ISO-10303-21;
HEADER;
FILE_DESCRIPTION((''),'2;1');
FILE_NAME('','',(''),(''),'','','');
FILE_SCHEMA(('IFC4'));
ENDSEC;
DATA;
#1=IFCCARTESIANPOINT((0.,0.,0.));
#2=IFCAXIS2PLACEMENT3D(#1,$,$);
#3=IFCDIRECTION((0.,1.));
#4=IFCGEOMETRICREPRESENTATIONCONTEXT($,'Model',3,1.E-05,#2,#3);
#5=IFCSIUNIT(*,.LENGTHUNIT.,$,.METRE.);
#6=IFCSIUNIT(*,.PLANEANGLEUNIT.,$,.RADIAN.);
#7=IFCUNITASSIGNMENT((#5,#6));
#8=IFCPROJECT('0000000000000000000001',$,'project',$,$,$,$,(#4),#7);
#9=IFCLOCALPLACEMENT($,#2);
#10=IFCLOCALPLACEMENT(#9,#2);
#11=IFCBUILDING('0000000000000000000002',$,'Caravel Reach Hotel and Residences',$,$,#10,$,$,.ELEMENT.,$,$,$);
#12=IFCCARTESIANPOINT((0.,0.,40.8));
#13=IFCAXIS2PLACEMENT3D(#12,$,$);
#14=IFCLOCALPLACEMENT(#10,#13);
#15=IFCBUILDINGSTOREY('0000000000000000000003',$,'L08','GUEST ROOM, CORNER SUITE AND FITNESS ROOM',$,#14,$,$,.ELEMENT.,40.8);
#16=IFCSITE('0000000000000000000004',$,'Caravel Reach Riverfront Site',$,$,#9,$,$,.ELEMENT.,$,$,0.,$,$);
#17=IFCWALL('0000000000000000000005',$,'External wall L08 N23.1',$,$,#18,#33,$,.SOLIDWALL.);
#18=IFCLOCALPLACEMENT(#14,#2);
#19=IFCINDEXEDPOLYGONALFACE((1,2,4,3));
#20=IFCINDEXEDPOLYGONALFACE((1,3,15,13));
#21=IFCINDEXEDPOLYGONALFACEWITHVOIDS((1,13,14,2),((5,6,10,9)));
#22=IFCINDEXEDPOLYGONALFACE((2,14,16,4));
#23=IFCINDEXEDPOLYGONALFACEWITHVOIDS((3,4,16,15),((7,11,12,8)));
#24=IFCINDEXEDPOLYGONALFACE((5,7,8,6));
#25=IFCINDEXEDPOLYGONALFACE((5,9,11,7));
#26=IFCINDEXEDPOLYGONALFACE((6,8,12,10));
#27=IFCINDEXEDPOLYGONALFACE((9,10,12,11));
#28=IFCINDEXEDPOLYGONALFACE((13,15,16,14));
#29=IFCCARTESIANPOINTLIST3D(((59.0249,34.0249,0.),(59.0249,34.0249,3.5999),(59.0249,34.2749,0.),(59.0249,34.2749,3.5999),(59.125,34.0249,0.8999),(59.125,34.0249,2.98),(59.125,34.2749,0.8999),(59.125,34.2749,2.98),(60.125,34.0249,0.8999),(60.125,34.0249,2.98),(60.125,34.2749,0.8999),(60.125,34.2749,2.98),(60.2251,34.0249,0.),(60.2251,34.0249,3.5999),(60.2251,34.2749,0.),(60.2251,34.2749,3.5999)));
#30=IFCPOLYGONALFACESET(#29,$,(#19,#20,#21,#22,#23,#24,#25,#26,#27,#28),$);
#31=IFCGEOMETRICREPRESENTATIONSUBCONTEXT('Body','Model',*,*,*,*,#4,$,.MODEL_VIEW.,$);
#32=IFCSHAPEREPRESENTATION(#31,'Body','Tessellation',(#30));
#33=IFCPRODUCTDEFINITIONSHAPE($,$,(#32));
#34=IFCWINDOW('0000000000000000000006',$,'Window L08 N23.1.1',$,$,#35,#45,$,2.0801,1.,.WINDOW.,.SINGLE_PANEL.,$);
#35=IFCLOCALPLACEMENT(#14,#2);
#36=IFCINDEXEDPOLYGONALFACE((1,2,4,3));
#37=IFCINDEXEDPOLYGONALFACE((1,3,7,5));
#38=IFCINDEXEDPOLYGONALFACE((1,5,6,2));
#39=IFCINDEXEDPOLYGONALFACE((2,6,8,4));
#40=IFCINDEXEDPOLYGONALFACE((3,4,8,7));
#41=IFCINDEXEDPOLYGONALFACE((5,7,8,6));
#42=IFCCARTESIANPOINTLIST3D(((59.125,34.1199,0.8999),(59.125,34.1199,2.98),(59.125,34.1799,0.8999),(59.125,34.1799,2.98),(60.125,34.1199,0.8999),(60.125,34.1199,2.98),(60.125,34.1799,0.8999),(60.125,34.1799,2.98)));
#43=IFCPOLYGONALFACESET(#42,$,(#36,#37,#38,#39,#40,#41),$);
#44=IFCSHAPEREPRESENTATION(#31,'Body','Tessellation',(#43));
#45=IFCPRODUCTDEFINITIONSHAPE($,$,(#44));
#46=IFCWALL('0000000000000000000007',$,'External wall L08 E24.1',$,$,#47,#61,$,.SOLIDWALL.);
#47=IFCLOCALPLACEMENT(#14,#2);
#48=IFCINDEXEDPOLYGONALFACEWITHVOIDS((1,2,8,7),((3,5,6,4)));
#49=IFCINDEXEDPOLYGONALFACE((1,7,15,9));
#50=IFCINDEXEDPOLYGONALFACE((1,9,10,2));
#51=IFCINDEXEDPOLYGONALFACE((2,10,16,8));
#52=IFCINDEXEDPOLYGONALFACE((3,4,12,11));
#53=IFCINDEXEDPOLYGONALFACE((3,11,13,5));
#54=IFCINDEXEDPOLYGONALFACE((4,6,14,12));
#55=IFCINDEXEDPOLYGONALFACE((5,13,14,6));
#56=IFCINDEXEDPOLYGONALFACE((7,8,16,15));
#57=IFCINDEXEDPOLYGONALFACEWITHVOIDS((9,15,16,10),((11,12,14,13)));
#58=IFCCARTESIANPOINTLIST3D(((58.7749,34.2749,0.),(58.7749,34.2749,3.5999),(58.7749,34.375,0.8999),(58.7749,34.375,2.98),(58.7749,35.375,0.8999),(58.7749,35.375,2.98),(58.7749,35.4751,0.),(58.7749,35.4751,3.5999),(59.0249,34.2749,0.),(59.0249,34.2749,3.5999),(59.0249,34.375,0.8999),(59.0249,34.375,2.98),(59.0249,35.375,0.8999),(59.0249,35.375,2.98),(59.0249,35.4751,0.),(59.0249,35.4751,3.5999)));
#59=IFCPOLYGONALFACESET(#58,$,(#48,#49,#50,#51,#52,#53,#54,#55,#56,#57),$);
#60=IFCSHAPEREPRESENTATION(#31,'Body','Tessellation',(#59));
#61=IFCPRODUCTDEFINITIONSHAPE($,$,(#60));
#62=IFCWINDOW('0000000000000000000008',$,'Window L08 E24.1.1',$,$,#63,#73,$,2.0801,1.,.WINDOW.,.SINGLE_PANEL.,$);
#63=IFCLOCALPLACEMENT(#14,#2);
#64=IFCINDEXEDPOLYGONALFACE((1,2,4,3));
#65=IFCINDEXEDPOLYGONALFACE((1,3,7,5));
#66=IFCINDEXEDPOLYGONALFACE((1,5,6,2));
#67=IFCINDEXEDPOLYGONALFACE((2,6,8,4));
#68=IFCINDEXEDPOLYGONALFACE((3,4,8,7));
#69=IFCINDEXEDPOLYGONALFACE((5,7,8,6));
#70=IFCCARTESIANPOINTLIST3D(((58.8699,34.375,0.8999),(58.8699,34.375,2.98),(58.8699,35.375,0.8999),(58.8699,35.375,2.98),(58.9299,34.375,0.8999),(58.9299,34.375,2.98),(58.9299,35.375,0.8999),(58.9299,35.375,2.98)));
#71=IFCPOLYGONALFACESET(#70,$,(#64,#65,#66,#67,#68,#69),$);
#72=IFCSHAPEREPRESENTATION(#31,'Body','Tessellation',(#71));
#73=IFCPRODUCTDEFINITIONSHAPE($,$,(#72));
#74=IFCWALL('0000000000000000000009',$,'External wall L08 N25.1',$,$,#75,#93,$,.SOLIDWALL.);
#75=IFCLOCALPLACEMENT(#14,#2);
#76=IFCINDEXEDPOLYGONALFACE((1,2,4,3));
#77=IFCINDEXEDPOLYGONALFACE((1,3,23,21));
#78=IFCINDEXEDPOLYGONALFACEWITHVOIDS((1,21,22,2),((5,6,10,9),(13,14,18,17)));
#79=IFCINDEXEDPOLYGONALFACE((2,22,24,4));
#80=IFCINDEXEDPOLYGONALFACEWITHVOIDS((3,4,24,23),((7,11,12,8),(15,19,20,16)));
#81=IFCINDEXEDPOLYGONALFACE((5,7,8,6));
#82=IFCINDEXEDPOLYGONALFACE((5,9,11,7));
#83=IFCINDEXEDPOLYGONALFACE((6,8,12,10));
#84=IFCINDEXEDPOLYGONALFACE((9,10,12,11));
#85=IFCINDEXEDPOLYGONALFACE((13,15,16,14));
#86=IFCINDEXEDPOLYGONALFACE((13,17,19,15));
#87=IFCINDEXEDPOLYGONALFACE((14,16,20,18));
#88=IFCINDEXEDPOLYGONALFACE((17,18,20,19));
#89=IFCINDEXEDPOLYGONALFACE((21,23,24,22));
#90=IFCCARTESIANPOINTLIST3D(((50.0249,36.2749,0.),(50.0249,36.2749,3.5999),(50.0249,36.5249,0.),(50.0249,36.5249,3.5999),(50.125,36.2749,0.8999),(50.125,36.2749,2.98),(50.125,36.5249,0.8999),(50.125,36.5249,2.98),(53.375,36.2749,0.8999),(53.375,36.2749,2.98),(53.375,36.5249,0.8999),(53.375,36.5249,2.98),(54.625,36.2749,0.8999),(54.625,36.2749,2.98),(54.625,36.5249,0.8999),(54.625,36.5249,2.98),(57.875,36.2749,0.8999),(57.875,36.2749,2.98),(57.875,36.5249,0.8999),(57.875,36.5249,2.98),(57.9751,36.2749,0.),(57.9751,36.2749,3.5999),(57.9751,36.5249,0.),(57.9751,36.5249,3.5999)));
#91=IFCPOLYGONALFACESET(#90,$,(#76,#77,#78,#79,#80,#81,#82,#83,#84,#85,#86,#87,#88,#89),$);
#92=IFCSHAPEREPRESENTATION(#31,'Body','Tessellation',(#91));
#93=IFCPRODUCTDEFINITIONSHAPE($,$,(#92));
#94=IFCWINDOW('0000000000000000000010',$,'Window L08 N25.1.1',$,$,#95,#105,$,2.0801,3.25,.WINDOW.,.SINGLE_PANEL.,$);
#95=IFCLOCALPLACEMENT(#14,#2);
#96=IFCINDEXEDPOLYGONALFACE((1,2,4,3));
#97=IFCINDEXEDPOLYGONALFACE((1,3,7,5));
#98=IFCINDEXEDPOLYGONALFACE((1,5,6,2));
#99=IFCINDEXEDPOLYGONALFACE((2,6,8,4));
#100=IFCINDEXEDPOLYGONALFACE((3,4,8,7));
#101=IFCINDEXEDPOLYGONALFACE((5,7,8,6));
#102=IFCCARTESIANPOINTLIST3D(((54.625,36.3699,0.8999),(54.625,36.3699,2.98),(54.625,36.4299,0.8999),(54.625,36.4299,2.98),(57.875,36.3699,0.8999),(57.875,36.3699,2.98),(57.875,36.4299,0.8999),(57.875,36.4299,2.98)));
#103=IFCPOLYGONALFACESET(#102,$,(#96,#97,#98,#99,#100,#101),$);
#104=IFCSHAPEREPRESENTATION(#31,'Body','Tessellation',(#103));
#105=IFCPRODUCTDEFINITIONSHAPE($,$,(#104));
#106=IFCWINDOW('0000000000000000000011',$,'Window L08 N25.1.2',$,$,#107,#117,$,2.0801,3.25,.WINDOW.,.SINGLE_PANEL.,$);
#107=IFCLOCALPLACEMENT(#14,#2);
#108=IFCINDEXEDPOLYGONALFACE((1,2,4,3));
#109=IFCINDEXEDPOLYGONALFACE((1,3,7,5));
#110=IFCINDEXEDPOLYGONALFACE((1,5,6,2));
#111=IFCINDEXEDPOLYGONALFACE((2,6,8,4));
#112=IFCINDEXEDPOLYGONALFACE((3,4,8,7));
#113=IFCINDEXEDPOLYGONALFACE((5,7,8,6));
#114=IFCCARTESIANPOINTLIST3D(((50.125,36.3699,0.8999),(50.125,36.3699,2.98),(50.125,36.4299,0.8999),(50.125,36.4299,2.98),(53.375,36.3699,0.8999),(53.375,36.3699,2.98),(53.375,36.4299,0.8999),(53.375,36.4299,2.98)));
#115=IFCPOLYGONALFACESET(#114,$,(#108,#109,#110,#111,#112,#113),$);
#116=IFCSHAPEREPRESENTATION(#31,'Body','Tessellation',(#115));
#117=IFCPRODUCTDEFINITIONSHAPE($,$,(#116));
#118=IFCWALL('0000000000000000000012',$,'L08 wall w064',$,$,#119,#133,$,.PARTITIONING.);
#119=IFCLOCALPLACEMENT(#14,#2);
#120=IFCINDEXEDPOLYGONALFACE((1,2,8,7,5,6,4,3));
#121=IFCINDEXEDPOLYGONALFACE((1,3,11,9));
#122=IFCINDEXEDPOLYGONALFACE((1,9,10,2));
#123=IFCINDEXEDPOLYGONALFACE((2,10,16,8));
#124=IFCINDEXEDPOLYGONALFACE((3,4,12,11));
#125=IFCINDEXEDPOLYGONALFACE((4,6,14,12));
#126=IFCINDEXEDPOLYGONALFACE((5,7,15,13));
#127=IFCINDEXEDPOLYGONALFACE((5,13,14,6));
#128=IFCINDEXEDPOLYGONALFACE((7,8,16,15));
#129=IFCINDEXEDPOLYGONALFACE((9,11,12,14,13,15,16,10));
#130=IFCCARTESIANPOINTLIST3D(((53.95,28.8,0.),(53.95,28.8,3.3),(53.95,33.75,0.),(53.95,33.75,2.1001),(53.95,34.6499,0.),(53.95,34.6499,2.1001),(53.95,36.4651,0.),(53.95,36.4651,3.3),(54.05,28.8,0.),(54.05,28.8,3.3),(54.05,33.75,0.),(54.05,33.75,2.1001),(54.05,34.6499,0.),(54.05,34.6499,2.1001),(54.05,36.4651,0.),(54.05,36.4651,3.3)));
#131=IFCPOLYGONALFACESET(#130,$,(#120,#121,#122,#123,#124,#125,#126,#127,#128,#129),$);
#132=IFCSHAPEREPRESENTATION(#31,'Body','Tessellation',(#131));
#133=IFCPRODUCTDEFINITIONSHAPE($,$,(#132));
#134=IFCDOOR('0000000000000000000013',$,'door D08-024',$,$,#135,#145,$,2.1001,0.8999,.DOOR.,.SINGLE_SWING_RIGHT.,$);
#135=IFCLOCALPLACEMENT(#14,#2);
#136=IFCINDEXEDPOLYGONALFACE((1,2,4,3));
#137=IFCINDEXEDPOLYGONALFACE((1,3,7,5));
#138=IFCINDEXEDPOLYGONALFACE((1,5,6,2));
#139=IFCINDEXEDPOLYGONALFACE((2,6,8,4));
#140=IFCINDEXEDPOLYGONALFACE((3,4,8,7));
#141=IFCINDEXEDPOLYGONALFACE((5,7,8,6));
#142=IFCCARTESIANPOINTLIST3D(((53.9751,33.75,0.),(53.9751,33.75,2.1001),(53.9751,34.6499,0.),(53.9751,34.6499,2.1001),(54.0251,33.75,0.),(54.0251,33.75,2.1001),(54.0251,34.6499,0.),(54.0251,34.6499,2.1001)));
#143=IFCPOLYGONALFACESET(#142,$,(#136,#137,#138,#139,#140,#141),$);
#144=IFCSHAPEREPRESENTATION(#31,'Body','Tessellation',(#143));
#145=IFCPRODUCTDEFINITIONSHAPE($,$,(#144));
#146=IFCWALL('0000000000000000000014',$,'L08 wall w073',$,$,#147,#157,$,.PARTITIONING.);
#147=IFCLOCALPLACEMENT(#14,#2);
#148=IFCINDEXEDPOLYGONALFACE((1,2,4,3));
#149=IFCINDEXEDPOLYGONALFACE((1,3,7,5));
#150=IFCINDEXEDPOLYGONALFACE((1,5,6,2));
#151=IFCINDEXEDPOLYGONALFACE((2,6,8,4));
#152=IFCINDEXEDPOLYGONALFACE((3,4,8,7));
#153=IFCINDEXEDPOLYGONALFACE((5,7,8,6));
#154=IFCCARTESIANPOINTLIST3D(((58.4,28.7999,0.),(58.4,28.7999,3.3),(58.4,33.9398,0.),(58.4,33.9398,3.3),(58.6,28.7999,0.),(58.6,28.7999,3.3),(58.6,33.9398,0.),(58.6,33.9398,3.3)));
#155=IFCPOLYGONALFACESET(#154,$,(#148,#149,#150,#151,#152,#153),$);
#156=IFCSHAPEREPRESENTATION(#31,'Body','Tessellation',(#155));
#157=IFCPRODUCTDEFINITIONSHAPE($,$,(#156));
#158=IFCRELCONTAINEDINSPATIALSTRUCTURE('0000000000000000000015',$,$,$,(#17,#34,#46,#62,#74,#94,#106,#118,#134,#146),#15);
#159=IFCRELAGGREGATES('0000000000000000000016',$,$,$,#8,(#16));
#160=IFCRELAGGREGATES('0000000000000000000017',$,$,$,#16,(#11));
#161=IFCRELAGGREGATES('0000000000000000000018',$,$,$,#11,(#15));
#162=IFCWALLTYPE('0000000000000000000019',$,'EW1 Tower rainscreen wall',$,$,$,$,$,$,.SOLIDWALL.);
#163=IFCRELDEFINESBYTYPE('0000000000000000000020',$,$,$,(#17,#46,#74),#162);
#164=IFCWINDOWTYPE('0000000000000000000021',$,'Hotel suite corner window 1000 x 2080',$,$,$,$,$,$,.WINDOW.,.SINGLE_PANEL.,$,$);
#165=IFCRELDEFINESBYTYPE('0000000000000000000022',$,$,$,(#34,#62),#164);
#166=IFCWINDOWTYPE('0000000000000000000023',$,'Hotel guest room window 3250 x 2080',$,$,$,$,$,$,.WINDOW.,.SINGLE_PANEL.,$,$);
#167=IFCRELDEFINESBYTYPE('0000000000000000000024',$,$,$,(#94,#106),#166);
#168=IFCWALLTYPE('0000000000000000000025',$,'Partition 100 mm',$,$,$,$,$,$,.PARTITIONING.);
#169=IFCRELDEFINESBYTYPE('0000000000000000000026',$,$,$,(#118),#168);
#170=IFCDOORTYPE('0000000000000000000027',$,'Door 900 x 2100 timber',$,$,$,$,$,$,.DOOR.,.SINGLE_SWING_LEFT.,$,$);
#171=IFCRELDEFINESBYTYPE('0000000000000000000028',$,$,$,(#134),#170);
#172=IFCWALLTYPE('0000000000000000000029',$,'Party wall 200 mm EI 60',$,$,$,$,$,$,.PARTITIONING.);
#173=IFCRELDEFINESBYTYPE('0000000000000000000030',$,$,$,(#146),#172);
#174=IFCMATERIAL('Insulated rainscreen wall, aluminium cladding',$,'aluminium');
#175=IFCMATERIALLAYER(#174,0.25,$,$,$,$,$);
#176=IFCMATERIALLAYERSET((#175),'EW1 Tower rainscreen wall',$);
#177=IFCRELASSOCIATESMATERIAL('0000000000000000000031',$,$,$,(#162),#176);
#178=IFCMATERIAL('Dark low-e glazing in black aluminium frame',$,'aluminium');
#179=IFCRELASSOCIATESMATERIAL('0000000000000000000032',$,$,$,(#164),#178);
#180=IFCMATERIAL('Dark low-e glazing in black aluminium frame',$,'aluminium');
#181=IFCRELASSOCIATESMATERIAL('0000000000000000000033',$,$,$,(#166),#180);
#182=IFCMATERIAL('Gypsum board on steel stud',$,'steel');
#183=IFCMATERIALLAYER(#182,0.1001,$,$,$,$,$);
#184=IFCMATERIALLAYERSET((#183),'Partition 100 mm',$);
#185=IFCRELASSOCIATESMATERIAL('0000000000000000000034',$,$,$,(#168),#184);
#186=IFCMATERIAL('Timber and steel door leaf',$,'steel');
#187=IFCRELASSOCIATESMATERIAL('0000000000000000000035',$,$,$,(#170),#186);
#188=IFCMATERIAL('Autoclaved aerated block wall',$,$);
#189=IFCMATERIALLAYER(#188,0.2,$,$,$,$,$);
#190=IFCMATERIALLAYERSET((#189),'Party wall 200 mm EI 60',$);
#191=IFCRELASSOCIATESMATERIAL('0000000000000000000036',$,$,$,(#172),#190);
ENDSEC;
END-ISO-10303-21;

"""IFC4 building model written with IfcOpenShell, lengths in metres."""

from ifc_helpers import new_model, si_unit, direction, frame, frame_2d, origin, place, context, subcontext, project, spatial, rectangle, extrude, material, layer, layer_set, type_object, element, fill, save


model = new_model("IFC4")

# Units and contexts
model_context = context("Model", 3, precision=1e-05, world=origin(), true_north=direction((0.0, 1.0)))
body_context = subcontext(model_context, "Body", "Model", "MODEL_VIEW")
ifc_project = project(units=[si_unit("LENGTHUNIT", "METRE"), si_unit("PLANEANGLEUNIT", "RADIAN")], contexts=[model_context])

# Site, building, storey
site_placement = place(None, origin())
site = spatial("IfcSite", under=ifc_project, at=site_placement, Name="Caravel Reach Riverfront Site", CompositionType="ELEMENT", RefElevation=0.0)
building_placement = place(site_placement, origin())
building = spatial("IfcBuilding", under=site, at=building_placement, Name="Caravel Reach Hotel and Residences", CompositionType="ELEMENT")
storey_placement = place(building_placement, frame((0.0, 0.0, 40.8)))
storey = spatial("IfcBuildingStorey", under=building, at=storey_placement, Name="L08", Description="GUEST ROOM, CORNER SUITE AND FITNESS ROOM", CompositionType="ELEMENT", Elevation=40.8)

# Walls, openings, windows
ifc_material_1 = material(Name="Insulated rainscreen wall, aluminium cladding", Category="aluminium")
ifc_layer_1 = layer(ifc_material_1, 0.25)
ifc_layer_set_1 = layer_set([ifc_layer_1], Name="EW1 Tower rainscreen wall")
wall_type_1 = type_object("IfcWallType", Name="EW1 Tower rainscreen wall", PredefinedType="SOLIDWALL", material=ifc_layer_set_1)
ifc_material_2 = material(Name="Dark low-e glazing in black aluminium frame", Category="aluminium")
window_type_1 = type_object("IfcWindowType", Name="Hotel suite corner window 1000 x 2080", PartitioningType="SINGLE_PANEL", PredefinedType="WINDOW", material=ifc_material_2)
wall_1_placement = place(storey_placement, frame((60.2251, 34.1499, 0.0), z_axis=(0.0, 0.0, 1.0), x_axis=(-1.0, 0.0, 0.0)))
wall_1 = element("IfcWall", 1, at=wall_1_placement, inside=storey, type_object=wall_type_1, Name="External wall L08 N23.1", PredefinedType="SOLIDWALL", context=body_context, shape_type="SweptSolid", body=[
    extrude(rectangle(XDim=1.2002, YDim=0.25, at=frame_2d((0.6001, 0.0))), origin(), (0.0, 0.0, 1.0), 3.5999),
])
opening_1_placement = place(wall_1_placement, frame((0.1001, 0.0, 0.8999)))
opening_1 = element("IfcOpeningElement", 2, at=opening_1_placement, cuts=wall_1, PredefinedType="OPENING", context=body_context, shape_type="SweptSolid", body=[
    extrude(rectangle(XDim=1.0, YDim=2.0801, at=frame_2d((0.5, 1.04))), frame((0.0, 0.135, 0.0), z_axis=(0.0, -1.0, 0.0), x_axis=(1.0, 0.0, 0.0)), (0.0, 0.0, 1.0), 0.27),
])
window_1_placement = place(opening_1_placement, origin())
window_1 = element("IfcWindow", 3, at=window_1_placement, inside=storey, type_object=window_type_1, Name="Window L08 N23.1.1", OverallHeight=2.0801, OverallWidth=1.0, PartitioningType="SINGLE_PANEL", PredefinedType="WINDOW", context=body_context, shape_type="SweptSolid", body=[
    extrude(rectangle(XDim=1.0, YDim=2.0801, at=frame_2d((0.5, 1.04))), frame((0.0, 0.03, 0.0), z_axis=(0.0, -1.0, 0.0), x_axis=(1.0, 0.0, 0.0)), (0.0, 0.0, 1.0), 0.0601),
])
fill(opening_1, window_1)
wall_2_placement = place(storey_placement, frame((58.8999, 34.2749, 0.0), z_axis=(0.0, 0.0, 1.0), x_axis=(0.0, 1.0, 0.0)))
wall_2 = element("IfcWall", 4, at=wall_2_placement, inside=storey, type_object=wall_type_1, Name="External wall L08 E24.1", PredefinedType="SOLIDWALL", context=body_context, shape_type="SweptSolid", body=[
    extrude(rectangle(XDim=1.2002, YDim=0.25, at=frame_2d((0.6001, 0.0))), origin(), (0.0, 0.0, 1.0), 3.5999),
])
opening_2_placement = place(wall_2_placement, frame((0.1001, 0.0, 0.8999)))
opening_2 = element("IfcOpeningElement", 5, at=opening_2_placement, cuts=wall_2, PredefinedType="OPENING", context=body_context, shape_type="SweptSolid", body=[
    extrude(rectangle(XDim=1.0, YDim=2.0801, at=frame_2d((0.5, 1.04))), frame((0.0, 0.135, 0.0), z_axis=(0.0, -1.0, 0.0), x_axis=(1.0, 0.0, 0.0)), (0.0, 0.0, 1.0), 0.27),
])
window_2_placement = place(opening_2_placement, origin())
window_2 = element("IfcWindow", 6, at=window_2_placement, inside=storey, type_object=window_type_1, Name="Window L08 E24.1.1", OverallHeight=2.0801, OverallWidth=1.0, PartitioningType="SINGLE_PANEL", PredefinedType="WINDOW", context=body_context, shape_type="SweptSolid", body=[
    extrude(rectangle(XDim=1.0, YDim=2.0801, at=frame_2d((0.5, 1.04))), frame((0.0, 0.03, 0.0), z_axis=(0.0, -1.0, 0.0), x_axis=(1.0, 0.0, 0.0)), (0.0, 0.0, 1.0), 0.0601),
])
fill(opening_2, window_2)

# Wall, openings, windows
wall_3_placement = place(storey_placement, frame((57.9751, 36.3999, 0.0), z_axis=(0.0, 0.0, 1.0), x_axis=(-1.0, 0.0, 0.0)))
wall_3 = element("IfcWall", 7, at=wall_3_placement, inside=storey, type_object=wall_type_1, Name="External wall L08 N25.1", PredefinedType="SOLIDWALL", context=body_context, shape_type="SweptSolid", body=[
    extrude(rectangle(XDim=7.9502, YDim=0.25, at=frame_2d((3.9751, 0.0))), origin(), (0.0, 0.0, 1.0), 3.5999),
])
opening_3_placement = place(wall_3_placement, frame((0.1001, 0.0, 0.8999)))
opening_3 = element("IfcOpeningElement", 8, at=opening_3_placement, cuts=wall_3, PredefinedType="OPENING", context=body_context, shape_type="SweptSolid", body=[
    extrude(rectangle(XDim=3.25, YDim=2.0801, at=frame_2d((1.625, 1.04))), frame((0.0, 0.135, 0.0), z_axis=(0.0, -1.0, 0.0), x_axis=(1.0, 0.0, 0.0)), (0.0, 0.0, 1.0), 0.27),
])
opening_4_placement = place(wall_3_placement, frame((4.6001, 0.0, 0.8999)))
opening_4 = element("IfcOpeningElement", 9, at=opening_4_placement, cuts=wall_3, PredefinedType="OPENING", context=body_context, shape_type="SweptSolid", body=[
    extrude(rectangle(XDim=3.25, YDim=2.0801, at=frame_2d((1.625, 1.04))), frame((0.0, 0.135, 0.0), z_axis=(0.0, -1.0, 0.0), x_axis=(1.0, 0.0, 0.0)), (0.0, 0.0, 1.0), 0.27),
])
ifc_material_3 = material(Name="Dark low-e glazing in black aluminium frame", Category="aluminium")
window_type_2 = type_object("IfcWindowType", Name="Hotel guest room window 3250 x 2080", PartitioningType="SINGLE_PANEL", PredefinedType="WINDOW", material=ifc_material_3)
window_3_placement = place(opening_3_placement, origin())
window_3 = element("IfcWindow", 10, at=window_3_placement, inside=storey, type_object=window_type_2, Name="Window L08 N25.1.1", OverallHeight=2.0801, OverallWidth=3.25, PartitioningType="SINGLE_PANEL", PredefinedType="WINDOW", context=body_context, shape_type="SweptSolid", body=[
    extrude(rectangle(XDim=3.25, YDim=2.0801, at=frame_2d((1.625, 1.04))), frame((0.0, 0.03, 0.0), z_axis=(0.0, -1.0, 0.0), x_axis=(1.0, 0.0, 0.0)), (0.0, 0.0, 1.0), 0.0601),
])
fill(opening_3, window_3)
window_4_placement = place(opening_4_placement, origin())
window_4 = element("IfcWindow", 11, at=window_4_placement, inside=storey, type_object=window_type_2, Name="Window L08 N25.1.2", OverallHeight=2.0801, OverallWidth=3.25, PartitioningType="SINGLE_PANEL", PredefinedType="WINDOW", context=body_context, shape_type="SweptSolid", body=[
    extrude(rectangle(XDim=3.25, YDim=2.0801, at=frame_2d((1.625, 1.04))), frame((0.0, 0.03, 0.0), z_axis=(0.0, -1.0, 0.0), x_axis=(1.0, 0.0, 0.0)), (0.0, 0.0, 1.0), 0.0601),
])
fill(opening_4, window_4)

# Wall, opening, door
ifc_material_4 = material(Name="Gypsum board on steel stud", Category="steel")
ifc_layer_2 = layer(ifc_material_4, 0.1001)
ifc_layer_set_2 = layer_set([ifc_layer_2], Name="Partition 100 mm")
wall_type_2 = type_object("IfcWallType", Name="Partition 100 mm", PredefinedType="PARTITIONING", material=ifc_layer_set_2)
wall_4_placement = place(storey_placement, frame((54.0, 28.8, 0.0), z_axis=(0.0, 0.0, 1.0), x_axis=(0.0, 1.0, 0.0)))
wall_4 = element("IfcWall", 12, at=wall_4_placement, inside=storey, type_object=wall_type_2, Name="L08 wall w064", PredefinedType="PARTITIONING", context=body_context, shape_type="SweptSolid", body=[
    extrude(rectangle(XDim=7.665, YDim=0.1001, at=frame_2d((3.8325, 0.0))), origin(), (0.0, 0.0, 1.0), 3.3),
])
opening_5_placement = place(wall_4_placement, frame((4.95, 0.0, 0.0)))
opening_5 = element("IfcOpeningElement", 13, at=opening_5_placement, cuts=wall_4, PredefinedType="OPENING", context=body_context, shape_type="SweptSolid", body=[
    extrude(rectangle(XDim=0.8999, YDim=2.1001, at=frame_2d((0.45, 1.05))), frame((0.0, 0.0601, 0.0), z_axis=(0.0, -1.0, 0.0), x_axis=(1.0, 0.0, 0.0)), (0.0, 0.0, 1.0), 0.1201),
])
ifc_material_5 = material(Name="Timber and steel door leaf", Category="steel")
door_type_1 = type_object("IfcDoorType", Name="Door 900 x 2100 timber", OperationType="SINGLE_SWING_LEFT", PredefinedType="DOOR", material=ifc_material_5)
door_1_placement = place(opening_5_placement, origin())
door_1 = element("IfcDoor", 14, at=door_1_placement, inside=storey, type_object=door_type_1, Name="door D08-024", OperationType="SINGLE_SWING_RIGHT", OverallHeight=2.1001, OverallWidth=0.8999, PredefinedType="DOOR", context=body_context, shape_type="SweptSolid", body=[
    extrude(rectangle(XDim=0.8999, YDim=2.1001, at=frame_2d((0.45, 1.05))), frame((0.0, 0.0249, 0.0), z_axis=(0.0, -1.0, 0.0), x_axis=(1.0, 0.0, 0.0)), (0.0, 0.0, 1.0), 0.05),
])
fill(opening_5, door_1)

# Wall
ifc_material_6 = material(Name="Autoclaved aerated block wall")
ifc_layer_3 = layer(ifc_material_6, 0.2)
ifc_layer_set_3 = layer_set([ifc_layer_3], Name="Party wall 200 mm EI 60")
wall_type_3 = type_object("IfcWallType", Name="Party wall 200 mm EI 60", PredefinedType="PARTITIONING", material=ifc_layer_set_3)
wall_5_placement = place(storey_placement, frame((58.5, 28.8, 0.0), z_axis=(0.0, 0.0, 1.0), x_axis=(0.0, 1.0, 0.0)))
element("IfcWall", 15, at=wall_5_placement, inside=storey, type_object=wall_type_3, Name="L08 wall w073", PredefinedType="PARTITIONING", context=body_context, shape_type="SweptSolid", body=[
    extrude(rectangle(XDim=5.1399, YDim=0.2, at=frame_2d((2.5698, 0.0))), origin(), (0.0, 0.0, 1.0), 3.3),
])

save(model, "model.ifc")
